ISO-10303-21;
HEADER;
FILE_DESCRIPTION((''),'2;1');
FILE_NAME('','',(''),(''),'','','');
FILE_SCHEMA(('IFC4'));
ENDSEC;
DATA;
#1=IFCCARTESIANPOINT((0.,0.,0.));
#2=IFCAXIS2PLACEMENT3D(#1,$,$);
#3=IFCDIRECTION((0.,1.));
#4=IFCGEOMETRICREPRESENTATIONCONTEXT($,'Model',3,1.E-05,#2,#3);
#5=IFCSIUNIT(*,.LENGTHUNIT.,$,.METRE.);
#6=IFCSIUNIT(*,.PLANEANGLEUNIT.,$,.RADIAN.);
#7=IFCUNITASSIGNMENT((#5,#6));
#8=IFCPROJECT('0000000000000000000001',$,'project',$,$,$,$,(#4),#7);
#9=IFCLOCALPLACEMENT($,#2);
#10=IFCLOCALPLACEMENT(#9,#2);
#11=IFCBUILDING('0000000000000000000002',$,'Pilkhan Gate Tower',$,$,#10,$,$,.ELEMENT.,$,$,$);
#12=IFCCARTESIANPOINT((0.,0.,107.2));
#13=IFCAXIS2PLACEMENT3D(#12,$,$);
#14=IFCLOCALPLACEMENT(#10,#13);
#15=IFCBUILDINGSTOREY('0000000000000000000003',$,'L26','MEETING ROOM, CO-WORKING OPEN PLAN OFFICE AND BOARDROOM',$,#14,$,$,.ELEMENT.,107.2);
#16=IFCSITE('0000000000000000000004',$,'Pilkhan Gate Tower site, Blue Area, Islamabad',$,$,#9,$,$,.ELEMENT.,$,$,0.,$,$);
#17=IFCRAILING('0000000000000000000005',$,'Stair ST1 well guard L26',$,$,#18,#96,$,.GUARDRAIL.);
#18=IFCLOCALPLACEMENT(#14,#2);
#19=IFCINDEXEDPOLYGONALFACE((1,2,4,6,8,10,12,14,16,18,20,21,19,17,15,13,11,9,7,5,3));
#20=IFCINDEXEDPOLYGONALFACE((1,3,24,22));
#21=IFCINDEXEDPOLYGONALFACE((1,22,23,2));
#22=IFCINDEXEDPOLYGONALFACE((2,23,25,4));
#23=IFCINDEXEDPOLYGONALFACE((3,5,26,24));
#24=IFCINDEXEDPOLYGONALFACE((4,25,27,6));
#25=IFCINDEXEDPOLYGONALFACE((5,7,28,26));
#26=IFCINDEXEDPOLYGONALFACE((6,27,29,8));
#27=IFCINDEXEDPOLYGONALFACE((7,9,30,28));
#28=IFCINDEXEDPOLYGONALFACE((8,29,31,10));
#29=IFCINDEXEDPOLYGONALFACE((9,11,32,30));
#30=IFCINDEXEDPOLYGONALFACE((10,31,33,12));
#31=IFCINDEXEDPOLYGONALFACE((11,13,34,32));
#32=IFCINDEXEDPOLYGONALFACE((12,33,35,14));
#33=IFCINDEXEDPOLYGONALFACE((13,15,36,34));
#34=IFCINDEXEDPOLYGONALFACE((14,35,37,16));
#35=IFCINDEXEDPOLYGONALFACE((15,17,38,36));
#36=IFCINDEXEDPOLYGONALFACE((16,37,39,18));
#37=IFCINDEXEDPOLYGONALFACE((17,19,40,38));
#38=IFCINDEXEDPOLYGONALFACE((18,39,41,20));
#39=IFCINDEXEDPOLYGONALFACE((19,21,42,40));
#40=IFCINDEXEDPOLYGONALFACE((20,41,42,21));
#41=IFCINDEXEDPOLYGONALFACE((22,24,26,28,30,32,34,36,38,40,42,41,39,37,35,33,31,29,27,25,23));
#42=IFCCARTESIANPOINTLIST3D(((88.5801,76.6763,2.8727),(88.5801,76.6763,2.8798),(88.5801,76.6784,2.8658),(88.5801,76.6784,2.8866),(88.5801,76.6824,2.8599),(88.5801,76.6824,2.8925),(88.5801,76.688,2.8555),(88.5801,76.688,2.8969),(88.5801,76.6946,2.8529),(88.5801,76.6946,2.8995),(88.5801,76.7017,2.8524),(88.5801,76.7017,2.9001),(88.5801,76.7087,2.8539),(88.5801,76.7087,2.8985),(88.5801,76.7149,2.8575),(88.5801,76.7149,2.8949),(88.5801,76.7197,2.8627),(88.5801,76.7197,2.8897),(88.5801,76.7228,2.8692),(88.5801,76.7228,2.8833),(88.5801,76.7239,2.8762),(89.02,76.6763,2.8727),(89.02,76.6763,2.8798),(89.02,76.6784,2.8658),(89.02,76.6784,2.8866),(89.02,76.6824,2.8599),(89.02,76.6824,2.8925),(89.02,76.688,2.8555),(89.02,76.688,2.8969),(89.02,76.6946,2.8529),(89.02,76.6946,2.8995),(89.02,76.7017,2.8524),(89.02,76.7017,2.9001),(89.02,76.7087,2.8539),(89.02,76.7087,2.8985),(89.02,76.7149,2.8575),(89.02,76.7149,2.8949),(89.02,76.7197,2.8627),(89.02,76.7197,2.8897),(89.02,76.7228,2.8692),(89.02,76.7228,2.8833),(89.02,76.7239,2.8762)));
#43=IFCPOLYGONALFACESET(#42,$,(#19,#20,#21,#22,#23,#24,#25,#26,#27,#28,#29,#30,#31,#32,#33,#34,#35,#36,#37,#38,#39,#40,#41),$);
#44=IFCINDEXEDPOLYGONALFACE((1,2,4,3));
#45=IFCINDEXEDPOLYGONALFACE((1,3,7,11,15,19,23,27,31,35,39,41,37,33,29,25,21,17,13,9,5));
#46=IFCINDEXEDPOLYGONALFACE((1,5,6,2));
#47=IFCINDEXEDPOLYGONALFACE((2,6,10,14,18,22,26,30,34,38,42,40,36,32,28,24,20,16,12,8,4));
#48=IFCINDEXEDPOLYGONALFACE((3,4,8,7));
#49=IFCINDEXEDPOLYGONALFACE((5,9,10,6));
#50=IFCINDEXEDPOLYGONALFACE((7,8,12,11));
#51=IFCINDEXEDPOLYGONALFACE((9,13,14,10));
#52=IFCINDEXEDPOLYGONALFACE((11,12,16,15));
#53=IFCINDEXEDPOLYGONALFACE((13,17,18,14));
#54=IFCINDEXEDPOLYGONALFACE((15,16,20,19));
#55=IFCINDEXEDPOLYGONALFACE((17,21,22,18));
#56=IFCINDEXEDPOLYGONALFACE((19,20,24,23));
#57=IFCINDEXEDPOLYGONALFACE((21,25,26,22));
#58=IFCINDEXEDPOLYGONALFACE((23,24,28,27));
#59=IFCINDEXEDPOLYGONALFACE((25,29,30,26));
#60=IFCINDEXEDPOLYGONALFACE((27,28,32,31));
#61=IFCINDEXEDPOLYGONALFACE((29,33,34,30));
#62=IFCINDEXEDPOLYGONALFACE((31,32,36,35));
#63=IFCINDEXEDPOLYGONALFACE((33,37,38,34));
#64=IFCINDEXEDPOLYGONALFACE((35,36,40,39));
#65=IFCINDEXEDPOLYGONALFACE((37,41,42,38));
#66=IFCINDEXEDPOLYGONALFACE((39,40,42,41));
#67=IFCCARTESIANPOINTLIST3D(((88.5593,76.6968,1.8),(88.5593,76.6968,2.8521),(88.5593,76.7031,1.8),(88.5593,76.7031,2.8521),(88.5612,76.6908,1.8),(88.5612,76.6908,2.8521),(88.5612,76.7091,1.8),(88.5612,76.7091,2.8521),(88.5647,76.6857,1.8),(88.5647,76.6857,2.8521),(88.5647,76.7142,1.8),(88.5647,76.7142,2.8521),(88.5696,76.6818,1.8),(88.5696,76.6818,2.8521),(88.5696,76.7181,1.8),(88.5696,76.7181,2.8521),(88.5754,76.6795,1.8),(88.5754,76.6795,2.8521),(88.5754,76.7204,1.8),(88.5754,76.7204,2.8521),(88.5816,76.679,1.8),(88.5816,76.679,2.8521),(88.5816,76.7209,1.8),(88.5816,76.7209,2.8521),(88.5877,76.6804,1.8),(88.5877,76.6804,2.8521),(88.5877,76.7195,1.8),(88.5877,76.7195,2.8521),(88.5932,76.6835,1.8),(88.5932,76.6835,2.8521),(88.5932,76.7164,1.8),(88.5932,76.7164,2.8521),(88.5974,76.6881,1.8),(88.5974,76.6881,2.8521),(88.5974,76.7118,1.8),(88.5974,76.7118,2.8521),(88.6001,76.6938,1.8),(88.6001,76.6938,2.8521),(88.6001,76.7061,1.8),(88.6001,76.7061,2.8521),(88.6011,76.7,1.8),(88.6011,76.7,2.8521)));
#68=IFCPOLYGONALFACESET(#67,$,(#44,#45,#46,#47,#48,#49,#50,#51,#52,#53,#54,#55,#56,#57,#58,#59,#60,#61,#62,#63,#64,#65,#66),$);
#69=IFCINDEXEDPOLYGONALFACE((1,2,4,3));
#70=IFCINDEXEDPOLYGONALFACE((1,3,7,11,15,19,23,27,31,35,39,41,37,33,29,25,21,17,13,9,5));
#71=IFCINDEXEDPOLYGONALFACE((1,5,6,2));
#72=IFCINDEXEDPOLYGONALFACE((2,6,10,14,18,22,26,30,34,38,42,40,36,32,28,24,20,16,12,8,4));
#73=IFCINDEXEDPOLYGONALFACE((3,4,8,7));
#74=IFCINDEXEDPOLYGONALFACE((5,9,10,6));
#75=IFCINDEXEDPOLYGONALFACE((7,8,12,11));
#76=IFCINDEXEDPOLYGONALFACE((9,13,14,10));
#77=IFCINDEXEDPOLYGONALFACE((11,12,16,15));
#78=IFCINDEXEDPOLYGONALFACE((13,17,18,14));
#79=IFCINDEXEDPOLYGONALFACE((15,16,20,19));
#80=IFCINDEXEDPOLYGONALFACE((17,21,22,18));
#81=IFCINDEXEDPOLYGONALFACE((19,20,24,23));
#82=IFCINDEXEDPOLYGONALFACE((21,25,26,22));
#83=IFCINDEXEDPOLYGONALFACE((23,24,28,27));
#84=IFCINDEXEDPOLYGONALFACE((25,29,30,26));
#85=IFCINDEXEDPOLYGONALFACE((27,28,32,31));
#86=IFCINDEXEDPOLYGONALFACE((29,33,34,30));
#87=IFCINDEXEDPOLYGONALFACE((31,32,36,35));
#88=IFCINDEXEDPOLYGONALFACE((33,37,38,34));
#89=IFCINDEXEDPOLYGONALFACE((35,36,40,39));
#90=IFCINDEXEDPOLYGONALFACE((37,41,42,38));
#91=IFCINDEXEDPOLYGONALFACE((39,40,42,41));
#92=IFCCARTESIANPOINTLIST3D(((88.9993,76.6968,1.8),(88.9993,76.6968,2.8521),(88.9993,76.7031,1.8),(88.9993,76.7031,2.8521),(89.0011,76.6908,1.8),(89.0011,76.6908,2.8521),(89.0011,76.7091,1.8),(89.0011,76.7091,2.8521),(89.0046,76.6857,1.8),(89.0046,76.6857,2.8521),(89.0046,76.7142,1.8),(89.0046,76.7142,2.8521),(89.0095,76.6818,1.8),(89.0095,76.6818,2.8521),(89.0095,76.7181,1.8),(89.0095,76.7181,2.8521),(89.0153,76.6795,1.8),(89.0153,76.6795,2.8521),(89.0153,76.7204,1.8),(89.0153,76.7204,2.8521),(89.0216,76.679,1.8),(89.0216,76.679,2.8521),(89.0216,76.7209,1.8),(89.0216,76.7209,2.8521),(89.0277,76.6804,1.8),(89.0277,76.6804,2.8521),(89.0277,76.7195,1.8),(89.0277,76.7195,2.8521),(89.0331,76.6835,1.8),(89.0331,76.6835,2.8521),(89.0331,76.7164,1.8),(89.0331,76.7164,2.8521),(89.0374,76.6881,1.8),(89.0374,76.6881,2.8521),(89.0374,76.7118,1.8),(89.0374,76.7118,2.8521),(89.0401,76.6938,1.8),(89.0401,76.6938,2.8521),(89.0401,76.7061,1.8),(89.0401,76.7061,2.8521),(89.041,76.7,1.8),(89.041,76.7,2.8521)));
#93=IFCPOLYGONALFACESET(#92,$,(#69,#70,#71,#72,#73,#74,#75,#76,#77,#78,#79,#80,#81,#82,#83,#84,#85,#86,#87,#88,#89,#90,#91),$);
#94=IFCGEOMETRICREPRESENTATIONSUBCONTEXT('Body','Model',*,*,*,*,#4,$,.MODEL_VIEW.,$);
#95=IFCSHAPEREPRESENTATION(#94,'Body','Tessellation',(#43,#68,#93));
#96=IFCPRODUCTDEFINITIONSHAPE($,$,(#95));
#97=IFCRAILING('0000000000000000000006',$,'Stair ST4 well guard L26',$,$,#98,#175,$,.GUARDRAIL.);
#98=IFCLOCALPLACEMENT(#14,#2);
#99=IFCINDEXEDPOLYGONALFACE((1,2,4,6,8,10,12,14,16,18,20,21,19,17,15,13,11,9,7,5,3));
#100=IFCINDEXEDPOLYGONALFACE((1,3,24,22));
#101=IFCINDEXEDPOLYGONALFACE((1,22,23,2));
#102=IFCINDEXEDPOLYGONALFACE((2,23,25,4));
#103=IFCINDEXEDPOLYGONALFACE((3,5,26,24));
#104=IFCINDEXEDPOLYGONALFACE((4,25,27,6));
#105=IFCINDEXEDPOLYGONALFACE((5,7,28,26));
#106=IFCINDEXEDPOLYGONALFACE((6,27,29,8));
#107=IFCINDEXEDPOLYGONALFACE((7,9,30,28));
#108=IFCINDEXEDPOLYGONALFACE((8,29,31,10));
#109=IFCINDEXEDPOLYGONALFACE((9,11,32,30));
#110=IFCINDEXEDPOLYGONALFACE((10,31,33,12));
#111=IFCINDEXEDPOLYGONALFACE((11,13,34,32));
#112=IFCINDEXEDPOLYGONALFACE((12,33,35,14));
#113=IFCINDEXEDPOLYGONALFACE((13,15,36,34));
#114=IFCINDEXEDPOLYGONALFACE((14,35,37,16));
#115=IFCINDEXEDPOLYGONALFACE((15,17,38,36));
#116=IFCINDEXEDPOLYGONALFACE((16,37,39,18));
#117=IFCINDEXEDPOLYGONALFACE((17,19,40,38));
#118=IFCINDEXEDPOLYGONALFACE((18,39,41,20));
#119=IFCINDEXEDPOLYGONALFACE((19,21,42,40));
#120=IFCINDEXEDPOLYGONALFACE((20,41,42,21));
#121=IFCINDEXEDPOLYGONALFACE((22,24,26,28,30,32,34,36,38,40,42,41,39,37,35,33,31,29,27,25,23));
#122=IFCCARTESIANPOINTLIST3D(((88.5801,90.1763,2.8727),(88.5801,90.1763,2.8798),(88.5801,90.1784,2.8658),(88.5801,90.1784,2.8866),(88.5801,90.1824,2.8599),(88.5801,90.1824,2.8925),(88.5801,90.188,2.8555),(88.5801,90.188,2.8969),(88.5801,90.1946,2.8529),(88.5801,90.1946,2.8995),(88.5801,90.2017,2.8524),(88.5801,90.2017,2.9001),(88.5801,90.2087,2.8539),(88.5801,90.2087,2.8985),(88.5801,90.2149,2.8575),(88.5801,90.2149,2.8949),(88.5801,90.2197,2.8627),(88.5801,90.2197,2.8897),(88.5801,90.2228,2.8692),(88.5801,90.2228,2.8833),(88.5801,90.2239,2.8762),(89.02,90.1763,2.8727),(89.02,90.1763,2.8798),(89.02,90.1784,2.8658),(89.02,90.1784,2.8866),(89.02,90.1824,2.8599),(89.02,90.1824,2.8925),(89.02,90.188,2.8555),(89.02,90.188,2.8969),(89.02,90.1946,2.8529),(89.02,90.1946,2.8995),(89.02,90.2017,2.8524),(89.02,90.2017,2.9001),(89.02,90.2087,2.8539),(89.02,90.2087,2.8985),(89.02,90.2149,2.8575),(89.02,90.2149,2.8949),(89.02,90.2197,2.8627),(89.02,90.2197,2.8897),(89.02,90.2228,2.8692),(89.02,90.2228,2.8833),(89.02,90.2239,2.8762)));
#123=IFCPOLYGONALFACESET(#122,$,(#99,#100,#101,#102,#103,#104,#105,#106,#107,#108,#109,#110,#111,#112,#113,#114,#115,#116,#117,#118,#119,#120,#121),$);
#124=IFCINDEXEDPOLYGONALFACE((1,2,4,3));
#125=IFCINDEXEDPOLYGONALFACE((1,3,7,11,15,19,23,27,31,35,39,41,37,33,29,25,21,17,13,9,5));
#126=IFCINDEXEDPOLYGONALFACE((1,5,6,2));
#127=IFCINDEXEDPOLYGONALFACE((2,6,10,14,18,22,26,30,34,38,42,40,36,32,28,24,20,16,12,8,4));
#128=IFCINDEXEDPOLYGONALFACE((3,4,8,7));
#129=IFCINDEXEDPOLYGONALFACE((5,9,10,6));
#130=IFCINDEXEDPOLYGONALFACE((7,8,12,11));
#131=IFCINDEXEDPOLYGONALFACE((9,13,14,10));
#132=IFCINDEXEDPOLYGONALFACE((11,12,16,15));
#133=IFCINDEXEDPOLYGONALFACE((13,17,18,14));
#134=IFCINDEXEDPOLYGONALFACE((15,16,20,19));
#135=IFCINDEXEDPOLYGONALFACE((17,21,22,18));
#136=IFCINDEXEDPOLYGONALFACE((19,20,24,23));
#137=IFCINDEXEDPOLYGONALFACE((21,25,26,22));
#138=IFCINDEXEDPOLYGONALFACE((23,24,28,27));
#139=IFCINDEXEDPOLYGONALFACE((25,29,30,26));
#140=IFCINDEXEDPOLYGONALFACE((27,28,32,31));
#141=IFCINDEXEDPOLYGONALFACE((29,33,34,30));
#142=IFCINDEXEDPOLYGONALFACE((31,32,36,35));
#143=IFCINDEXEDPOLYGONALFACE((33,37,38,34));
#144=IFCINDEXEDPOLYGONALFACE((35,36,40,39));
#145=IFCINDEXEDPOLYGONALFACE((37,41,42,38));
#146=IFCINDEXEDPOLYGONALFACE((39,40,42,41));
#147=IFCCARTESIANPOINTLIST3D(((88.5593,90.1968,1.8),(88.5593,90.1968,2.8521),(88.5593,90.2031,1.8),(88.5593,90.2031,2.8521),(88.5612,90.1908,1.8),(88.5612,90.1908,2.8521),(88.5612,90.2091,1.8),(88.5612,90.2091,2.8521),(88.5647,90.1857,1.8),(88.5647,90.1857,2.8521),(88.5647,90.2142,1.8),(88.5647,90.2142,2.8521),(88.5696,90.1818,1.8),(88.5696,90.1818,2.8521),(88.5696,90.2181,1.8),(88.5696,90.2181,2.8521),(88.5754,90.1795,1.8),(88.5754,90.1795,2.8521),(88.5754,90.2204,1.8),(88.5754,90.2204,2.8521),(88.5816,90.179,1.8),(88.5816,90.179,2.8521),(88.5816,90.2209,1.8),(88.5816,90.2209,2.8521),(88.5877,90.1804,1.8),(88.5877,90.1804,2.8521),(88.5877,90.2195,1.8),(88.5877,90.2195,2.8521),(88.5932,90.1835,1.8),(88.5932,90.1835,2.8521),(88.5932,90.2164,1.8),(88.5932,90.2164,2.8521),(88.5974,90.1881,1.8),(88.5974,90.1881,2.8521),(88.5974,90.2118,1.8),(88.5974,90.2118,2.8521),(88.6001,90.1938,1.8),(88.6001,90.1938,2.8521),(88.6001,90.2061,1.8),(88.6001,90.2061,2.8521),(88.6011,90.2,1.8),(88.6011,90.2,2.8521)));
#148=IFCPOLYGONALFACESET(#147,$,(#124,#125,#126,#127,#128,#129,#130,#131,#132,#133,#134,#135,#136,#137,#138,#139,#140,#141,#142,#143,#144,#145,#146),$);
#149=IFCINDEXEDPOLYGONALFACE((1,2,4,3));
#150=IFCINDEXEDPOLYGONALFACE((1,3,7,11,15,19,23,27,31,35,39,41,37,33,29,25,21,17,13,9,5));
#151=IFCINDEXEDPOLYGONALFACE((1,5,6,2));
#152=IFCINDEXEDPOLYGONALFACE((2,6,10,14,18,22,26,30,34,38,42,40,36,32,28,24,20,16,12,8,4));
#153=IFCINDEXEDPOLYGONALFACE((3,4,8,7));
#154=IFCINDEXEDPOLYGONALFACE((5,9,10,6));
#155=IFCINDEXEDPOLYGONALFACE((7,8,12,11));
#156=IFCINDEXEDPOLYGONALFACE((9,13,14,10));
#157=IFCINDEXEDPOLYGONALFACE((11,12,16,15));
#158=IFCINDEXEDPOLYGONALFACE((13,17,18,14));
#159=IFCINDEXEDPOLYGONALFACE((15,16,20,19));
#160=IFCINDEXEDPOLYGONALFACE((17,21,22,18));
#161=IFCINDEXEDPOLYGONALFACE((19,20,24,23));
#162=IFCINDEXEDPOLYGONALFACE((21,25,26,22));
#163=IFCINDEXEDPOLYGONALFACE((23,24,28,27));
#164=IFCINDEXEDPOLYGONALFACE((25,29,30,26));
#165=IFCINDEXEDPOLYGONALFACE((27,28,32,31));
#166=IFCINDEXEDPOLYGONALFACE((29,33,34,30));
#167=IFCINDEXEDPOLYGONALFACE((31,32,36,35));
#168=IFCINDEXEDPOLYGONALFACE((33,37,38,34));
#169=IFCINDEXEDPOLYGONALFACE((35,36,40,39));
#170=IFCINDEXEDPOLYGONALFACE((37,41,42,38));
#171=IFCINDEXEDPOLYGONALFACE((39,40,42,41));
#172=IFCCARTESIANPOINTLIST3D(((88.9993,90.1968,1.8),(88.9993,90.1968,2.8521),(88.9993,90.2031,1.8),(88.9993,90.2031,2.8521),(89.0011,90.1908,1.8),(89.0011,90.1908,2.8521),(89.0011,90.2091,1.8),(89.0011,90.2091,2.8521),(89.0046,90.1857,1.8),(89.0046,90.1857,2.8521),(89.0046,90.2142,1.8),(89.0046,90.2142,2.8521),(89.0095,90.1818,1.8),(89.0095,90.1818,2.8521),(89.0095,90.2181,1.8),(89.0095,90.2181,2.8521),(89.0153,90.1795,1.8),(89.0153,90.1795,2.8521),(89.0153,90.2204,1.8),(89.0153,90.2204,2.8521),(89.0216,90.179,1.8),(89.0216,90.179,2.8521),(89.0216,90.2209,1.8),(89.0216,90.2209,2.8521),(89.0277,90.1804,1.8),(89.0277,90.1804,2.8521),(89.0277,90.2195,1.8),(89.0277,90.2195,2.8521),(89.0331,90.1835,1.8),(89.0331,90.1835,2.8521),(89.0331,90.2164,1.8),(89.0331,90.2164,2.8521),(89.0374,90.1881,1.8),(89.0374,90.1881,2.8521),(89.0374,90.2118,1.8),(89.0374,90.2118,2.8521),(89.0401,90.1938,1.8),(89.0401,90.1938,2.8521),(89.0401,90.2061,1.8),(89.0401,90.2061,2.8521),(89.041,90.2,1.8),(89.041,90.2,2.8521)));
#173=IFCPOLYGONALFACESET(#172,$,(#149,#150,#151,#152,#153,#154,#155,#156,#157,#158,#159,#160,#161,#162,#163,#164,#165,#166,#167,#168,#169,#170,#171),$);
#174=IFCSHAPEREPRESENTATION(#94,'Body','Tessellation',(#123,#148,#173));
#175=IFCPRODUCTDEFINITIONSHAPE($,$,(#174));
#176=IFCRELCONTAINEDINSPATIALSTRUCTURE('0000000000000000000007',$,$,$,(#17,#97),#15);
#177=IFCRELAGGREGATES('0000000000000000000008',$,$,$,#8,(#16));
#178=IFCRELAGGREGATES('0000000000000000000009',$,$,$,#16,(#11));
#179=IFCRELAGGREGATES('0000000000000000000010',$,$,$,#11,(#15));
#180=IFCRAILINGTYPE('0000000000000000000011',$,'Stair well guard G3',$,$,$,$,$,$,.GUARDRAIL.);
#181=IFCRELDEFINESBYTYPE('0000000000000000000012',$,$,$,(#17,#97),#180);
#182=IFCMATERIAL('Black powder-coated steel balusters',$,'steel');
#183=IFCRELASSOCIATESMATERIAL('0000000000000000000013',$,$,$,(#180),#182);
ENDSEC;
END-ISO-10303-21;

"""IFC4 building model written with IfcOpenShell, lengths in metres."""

from ifc_helpers import new_model, si_unit, direction, frame, origin, origin_2d, place, context, subcontext, project, spatial, circle, extrude, material, type_object, element, save


model = new_model("IFC4")

# Units and contexts
model_context = context("Model", 3, precision=1e-05, world=origin(), true_north=direction((0.0, 1.0)))
body_context = subcontext(model_context, "Body", "Model", "MODEL_VIEW")
ifc_project = project(units=[si_unit("LENGTHUNIT", "METRE"), si_unit("PLANEANGLEUNIT", "RADIAN")], contexts=[model_context])

# Site, building, storey
site_placement = place(None, origin())
site = spatial("IfcSite", under=ifc_project, at=site_placement, Name="Pilkhan Gate Tower site, Blue Area, Islamabad", CompositionType="ELEMENT", RefElevation=0.0)
building_placement = place(site_placement, origin())
building = spatial("IfcBuilding", under=site, at=building_placement, Name="Pilkhan Gate Tower", CompositionType="ELEMENT")
storey_placement = place(building_placement, frame((0.0, 0.0, 107.2)))
storey = spatial("IfcBuildingStorey", under=building, at=storey_placement, Name="L26", Description="MEETING ROOM, CO-WORKING OPEN PLAN OFFICE AND BOARDROOM", CompositionType="ELEMENT", Elevation=107.2)

# Railings
ifc_material_1 = material(Name="Black powder-coated steel balusters", Category="steel")
railing_type_1 = type_object("IfcRailingType", Name="Stair well guard G3", PredefinedType="GUARDRAIL", material=ifc_material_1)
for number, where, name in (
    (1, (88.5801, 76.7, 1.8), "Stair ST1 well guard L26"),
    (2, (88.5801, 90.2, 1.8), "Stair ST4 well guard L26"),
):
    element("IfcRailing", number, at=place(storey_placement, frame(where)), inside=storey, type_object=railing_type_1, Name=name, PredefinedType="GUARDRAIL", context=body_context, shape_type="SweptSolid", body=[
        extrude(circle(Radius=0.0239, at=origin_2d()), frame((0.0, 0.0, 1.0762), z_axis=(1.0, 0.0, 0.0), x_axis=(0.0, 1.0, 0.0)), (0.0, 0.0, 1.0), 0.4399),
        extrude(circle(Radius=0.021, at=origin_2d()), origin(), (0.0, 0.0, 1.0), 1.052),
        extrude(circle(Radius=0.021, at=origin_2d()), frame((0.4399, 0.0, 0.0)), (0.0, 0.0, 1.0), 1.052),
    ])

save(model, "model.ifc")
